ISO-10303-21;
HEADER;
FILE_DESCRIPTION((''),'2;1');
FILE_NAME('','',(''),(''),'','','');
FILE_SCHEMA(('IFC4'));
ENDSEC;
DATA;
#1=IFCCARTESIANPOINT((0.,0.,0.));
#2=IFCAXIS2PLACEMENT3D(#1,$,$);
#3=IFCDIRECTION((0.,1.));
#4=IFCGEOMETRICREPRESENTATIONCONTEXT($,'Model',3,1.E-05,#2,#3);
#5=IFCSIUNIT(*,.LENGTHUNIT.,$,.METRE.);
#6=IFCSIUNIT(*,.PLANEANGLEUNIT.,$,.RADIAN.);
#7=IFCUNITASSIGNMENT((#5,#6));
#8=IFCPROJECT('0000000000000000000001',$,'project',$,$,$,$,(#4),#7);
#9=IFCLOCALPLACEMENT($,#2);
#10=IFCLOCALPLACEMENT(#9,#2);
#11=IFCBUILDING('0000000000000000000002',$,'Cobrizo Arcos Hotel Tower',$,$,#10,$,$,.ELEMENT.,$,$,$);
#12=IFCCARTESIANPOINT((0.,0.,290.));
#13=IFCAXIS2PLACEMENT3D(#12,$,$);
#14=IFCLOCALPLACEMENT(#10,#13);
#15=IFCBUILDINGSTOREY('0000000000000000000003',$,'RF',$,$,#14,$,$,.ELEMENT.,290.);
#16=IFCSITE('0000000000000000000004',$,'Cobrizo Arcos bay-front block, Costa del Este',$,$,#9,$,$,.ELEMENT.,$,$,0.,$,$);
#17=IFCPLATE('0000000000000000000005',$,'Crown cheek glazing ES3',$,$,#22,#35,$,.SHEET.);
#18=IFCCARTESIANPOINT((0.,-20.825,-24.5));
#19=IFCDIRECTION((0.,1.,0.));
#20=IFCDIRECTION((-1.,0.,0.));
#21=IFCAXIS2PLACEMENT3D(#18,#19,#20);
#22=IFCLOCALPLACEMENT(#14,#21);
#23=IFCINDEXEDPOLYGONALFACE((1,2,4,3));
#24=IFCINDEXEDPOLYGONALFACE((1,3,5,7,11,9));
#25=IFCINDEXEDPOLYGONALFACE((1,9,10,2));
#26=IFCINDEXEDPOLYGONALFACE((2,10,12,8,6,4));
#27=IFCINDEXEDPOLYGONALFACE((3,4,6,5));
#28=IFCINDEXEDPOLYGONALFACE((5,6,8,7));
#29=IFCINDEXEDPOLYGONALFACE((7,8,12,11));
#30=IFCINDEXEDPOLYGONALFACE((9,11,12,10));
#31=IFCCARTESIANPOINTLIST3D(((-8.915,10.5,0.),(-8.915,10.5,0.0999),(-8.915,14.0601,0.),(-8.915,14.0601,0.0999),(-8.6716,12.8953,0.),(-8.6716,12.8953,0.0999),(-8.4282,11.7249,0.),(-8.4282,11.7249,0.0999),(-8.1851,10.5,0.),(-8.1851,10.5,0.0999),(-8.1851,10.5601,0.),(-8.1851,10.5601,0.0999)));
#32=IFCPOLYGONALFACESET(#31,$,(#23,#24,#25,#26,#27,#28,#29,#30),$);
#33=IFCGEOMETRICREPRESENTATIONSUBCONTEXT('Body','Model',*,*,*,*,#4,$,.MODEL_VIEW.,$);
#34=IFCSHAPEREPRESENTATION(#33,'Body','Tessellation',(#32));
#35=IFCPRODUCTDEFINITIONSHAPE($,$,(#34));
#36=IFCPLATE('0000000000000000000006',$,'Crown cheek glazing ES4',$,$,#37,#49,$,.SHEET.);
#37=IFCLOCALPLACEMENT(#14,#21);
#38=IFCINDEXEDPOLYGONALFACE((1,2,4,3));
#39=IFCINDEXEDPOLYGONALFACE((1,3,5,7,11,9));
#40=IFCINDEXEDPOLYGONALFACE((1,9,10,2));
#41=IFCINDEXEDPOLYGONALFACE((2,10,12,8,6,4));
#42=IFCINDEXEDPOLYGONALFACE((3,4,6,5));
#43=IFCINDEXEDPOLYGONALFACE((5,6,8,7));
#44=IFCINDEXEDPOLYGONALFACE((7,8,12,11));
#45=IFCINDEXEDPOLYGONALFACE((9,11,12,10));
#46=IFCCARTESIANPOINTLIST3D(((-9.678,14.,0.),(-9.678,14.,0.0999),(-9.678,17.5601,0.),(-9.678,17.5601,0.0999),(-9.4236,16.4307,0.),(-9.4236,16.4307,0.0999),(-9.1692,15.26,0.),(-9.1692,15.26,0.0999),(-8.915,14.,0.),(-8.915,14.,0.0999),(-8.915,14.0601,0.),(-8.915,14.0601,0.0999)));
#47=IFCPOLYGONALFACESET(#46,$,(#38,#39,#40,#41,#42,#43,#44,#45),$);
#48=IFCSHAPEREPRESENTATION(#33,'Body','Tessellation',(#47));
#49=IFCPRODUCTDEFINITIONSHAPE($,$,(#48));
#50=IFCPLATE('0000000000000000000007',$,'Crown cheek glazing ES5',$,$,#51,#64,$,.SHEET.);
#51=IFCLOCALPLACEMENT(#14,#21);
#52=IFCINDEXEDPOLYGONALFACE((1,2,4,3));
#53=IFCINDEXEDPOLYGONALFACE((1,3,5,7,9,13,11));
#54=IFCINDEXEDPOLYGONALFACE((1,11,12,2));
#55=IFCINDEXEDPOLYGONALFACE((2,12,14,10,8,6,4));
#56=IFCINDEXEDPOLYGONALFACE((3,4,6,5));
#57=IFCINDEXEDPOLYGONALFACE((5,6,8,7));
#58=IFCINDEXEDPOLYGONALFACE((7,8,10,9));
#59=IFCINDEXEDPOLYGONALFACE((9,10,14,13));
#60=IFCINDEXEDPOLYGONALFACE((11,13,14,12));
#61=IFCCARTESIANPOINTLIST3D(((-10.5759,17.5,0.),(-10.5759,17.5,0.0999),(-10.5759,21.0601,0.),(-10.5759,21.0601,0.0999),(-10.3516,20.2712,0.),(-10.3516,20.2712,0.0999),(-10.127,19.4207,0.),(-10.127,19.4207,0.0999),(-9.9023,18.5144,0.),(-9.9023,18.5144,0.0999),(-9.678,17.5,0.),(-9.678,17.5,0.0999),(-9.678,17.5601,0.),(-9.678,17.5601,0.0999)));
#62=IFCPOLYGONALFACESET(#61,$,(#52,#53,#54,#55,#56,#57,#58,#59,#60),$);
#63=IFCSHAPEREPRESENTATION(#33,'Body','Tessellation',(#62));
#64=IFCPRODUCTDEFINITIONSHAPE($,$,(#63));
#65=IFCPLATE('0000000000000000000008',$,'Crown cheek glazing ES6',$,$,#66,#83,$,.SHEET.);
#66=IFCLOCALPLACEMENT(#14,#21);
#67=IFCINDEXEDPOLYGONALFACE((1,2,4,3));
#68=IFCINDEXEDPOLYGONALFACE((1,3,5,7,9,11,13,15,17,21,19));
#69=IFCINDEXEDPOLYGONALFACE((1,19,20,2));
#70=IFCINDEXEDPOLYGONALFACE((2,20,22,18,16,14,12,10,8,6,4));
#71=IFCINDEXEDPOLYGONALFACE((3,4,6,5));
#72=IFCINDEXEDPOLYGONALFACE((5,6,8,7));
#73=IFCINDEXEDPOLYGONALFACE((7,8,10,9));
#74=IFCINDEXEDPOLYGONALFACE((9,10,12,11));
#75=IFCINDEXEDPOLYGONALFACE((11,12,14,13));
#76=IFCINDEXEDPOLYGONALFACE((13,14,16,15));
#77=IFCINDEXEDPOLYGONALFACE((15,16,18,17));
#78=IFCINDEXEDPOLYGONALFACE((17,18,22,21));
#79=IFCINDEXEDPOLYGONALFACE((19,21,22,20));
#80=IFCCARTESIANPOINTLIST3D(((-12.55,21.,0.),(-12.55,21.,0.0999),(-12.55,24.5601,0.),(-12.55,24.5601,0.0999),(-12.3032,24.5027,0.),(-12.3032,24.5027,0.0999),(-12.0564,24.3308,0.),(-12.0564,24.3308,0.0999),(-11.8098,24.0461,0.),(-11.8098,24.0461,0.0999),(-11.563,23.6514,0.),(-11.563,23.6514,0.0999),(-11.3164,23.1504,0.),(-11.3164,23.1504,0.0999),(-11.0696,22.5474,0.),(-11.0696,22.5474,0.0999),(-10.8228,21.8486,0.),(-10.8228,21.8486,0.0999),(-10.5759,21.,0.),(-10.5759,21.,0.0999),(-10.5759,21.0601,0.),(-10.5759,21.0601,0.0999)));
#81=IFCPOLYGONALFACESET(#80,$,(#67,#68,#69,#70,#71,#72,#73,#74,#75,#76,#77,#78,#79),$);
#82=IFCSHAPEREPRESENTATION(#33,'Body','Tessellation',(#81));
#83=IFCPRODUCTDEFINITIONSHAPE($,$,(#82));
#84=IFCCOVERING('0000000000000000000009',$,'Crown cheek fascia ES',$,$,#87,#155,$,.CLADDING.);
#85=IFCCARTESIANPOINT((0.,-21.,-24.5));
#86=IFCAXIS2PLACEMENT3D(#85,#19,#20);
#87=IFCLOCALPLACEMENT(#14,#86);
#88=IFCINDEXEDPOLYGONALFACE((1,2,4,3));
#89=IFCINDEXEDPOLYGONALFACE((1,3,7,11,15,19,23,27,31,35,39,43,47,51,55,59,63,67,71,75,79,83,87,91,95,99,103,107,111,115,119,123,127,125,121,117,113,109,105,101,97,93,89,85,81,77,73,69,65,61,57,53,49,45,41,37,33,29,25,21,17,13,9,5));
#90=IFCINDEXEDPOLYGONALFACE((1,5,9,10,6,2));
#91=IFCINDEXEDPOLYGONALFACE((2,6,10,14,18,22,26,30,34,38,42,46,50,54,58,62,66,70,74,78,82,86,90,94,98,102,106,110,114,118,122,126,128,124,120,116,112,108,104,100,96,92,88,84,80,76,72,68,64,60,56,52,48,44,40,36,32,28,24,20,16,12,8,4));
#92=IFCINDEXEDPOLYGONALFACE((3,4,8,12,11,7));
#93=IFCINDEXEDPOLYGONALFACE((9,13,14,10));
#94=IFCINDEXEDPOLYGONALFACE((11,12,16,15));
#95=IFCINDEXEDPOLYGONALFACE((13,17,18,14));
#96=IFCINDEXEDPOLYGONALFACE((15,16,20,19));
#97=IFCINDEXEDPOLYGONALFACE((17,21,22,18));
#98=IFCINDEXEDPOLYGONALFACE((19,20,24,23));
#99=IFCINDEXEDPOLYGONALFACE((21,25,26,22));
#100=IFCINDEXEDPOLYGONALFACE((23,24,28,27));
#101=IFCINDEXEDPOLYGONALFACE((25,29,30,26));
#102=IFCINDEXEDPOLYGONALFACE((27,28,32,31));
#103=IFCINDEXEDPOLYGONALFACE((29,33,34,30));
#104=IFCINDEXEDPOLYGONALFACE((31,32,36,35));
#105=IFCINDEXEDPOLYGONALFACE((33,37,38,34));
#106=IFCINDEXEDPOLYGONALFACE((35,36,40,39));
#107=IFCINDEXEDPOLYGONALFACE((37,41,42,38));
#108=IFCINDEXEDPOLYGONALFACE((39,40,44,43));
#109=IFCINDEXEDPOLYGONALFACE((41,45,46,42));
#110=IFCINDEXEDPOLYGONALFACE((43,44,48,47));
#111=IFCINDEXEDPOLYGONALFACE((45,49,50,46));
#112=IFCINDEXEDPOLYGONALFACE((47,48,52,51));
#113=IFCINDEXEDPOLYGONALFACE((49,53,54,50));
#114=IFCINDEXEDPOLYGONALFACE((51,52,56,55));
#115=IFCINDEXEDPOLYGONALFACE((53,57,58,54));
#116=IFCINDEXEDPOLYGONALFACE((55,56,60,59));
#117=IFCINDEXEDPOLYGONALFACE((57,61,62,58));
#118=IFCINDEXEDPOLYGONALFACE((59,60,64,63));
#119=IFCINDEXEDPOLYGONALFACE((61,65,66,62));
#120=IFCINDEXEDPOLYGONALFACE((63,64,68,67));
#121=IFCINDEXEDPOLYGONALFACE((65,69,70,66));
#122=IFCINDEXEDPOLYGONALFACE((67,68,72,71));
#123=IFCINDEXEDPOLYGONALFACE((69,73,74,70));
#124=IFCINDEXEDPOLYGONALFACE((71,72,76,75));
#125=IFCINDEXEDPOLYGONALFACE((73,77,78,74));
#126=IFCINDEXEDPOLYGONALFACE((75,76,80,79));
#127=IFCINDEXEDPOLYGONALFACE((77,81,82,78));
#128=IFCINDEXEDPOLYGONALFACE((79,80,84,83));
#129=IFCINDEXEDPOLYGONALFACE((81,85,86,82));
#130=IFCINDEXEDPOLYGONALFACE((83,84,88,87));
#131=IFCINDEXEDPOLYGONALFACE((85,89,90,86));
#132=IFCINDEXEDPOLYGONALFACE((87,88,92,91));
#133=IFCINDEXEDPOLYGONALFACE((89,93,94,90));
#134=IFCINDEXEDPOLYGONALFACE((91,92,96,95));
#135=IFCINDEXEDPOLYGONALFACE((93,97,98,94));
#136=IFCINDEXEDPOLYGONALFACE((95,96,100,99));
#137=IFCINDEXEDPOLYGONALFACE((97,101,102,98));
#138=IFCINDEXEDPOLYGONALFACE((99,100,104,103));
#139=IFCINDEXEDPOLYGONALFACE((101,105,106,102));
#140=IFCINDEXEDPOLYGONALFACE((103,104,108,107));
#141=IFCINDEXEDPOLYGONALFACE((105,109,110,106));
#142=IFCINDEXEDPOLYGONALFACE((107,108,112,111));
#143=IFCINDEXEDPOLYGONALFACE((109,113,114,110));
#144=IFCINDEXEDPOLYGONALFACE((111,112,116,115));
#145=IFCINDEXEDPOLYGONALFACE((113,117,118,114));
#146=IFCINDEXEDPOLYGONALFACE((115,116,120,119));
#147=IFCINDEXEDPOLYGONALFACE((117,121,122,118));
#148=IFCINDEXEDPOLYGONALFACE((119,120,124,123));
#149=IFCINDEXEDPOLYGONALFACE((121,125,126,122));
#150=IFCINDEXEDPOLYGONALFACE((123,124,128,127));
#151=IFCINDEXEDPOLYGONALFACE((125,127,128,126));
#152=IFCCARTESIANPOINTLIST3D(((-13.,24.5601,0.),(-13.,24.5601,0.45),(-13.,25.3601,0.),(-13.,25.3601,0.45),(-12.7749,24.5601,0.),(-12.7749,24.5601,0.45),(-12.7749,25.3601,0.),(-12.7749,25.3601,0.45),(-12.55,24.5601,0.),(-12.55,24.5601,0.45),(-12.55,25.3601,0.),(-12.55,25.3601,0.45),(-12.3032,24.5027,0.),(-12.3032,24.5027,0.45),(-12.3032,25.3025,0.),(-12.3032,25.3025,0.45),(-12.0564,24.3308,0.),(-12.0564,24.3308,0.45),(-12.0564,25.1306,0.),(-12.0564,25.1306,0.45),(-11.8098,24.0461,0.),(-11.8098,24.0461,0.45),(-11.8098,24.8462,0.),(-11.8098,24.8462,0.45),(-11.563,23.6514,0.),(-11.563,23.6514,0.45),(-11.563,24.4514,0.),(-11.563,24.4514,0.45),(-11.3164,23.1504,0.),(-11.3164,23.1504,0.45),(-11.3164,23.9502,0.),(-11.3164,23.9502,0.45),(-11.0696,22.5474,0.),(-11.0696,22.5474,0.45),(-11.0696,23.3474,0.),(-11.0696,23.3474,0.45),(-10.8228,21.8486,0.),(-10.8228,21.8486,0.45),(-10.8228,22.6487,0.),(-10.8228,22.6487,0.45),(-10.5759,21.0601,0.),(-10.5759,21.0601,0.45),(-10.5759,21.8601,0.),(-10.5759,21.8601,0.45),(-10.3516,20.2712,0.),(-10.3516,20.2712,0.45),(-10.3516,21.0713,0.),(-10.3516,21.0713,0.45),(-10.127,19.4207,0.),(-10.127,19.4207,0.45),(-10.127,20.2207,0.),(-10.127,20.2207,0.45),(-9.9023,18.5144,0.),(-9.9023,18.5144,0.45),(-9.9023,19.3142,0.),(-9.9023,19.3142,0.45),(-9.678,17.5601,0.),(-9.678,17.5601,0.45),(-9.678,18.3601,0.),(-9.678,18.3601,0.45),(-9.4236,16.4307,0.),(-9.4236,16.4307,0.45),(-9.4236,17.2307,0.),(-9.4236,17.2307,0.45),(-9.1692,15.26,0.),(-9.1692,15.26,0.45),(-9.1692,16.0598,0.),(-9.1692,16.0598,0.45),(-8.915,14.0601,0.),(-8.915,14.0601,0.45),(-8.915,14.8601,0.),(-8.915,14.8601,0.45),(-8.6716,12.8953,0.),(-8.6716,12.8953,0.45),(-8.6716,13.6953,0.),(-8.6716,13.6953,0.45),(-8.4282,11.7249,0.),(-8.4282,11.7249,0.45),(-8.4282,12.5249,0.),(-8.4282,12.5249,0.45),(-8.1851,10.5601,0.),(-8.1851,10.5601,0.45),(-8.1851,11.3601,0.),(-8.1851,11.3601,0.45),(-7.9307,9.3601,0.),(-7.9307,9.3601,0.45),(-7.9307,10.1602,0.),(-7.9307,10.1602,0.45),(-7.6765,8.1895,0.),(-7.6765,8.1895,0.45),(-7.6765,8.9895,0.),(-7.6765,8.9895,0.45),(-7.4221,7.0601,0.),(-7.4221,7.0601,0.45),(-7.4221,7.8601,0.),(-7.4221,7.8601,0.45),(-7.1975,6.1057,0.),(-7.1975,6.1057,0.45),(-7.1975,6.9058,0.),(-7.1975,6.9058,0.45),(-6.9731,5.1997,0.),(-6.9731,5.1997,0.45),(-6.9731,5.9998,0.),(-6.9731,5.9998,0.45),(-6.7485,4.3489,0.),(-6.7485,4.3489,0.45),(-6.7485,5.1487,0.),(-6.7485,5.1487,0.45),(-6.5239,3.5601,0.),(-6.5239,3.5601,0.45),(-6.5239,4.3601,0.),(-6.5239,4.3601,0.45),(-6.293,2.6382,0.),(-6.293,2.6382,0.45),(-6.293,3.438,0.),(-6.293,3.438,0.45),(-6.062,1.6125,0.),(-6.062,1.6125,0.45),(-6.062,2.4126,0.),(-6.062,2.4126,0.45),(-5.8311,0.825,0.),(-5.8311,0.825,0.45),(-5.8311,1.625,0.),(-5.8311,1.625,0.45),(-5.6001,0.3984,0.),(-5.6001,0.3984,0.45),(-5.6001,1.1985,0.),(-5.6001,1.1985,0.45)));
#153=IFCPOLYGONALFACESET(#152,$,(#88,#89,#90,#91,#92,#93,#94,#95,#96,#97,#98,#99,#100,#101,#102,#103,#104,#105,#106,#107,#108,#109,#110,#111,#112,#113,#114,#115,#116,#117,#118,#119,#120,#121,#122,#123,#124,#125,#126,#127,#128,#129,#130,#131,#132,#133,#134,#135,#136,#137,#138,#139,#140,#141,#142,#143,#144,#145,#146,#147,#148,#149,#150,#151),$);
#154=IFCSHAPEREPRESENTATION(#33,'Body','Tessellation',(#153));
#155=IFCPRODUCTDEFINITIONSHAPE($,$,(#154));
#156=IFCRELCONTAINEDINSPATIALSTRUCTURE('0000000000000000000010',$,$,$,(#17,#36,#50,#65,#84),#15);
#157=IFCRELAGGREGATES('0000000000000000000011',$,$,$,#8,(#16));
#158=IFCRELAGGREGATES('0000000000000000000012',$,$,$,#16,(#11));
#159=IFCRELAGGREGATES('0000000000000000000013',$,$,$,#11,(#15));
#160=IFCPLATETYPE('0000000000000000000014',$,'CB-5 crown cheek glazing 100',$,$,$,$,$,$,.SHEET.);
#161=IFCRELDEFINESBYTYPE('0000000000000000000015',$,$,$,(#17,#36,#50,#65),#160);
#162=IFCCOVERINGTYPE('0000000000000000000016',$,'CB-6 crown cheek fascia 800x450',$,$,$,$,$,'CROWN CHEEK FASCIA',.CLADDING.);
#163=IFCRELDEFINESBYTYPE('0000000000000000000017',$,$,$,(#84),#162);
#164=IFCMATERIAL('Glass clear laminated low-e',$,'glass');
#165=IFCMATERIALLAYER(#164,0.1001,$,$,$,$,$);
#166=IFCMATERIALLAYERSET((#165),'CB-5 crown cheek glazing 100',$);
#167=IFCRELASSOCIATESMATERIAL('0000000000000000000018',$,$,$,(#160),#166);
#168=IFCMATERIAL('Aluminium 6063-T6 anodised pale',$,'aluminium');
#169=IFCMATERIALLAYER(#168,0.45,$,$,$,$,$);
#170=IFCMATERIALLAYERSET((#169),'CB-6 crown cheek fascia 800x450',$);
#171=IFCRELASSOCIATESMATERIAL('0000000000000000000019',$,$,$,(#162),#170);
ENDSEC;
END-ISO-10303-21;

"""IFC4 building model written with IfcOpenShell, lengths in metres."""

from ifc_helpers import new_model, si_unit, direction, frame, origin, place, context, subcontext, project, spatial, polyline, outline, extrude, material, layer, layer_set, type_object, element, save


model = new_model("IFC4")

# Units and contexts
model_context = context("Model", 3, precision=1e-05, world=origin(), true_north=direction((0.0, 1.0)))
body_context = subcontext(model_context, "Body", "Model", "MODEL_VIEW")
ifc_project = project(units=[si_unit("LENGTHUNIT", "METRE"), si_unit("PLANEANGLEUNIT", "RADIAN")], contexts=[model_context])

# Site, building, storey
site_placement = place(None, origin())
site = spatial("IfcSite", under=ifc_project, at=site_placement, Name="Cobrizo Arcos bay-front block, Costa del Este", CompositionType="ELEMENT", RefElevation=0.0)
building_placement = place(site_placement, origin())
building = spatial("IfcBuilding", under=site, at=building_placement, Name="Cobrizo Arcos Hotel Tower", CompositionType="ELEMENT")
storey_placement = place(building_placement, frame((0.0, 0.0, 290.0)))
storey = spatial("IfcBuildingStorey", under=building, at=storey_placement, Name="RF", CompositionType="ELEMENT", Elevation=290.0)

# Plates
ifc_material_1 = material(Name="Glass clear laminated low-e", Category="glass")
ifc_layer_1 = layer(ifc_material_1, 0.1001)
ifc_layer_set_1 = layer_set([ifc_layer_1], Name="CB-5 crown cheek glazing 100")
plate_type_1 = type_object("IfcPlateType", Name="CB-5 crown cheek glazing 100", PredefinedType="SHEET", material=ifc_layer_set_1)
plate_1_placement = place(storey_placement, frame((0.0, -20.825, -24.5), z_axis=(0.0, 1.0, 0.0), x_axis=(-1.0, 0.0, 0.0)))
element("IfcPlate", 1, at=plate_1_placement, inside=storey, type_object=plate_type_1, Name="Crown cheek glazing ES3", PredefinedType="SHEET", context=body_context, shape_type="SweptSolid", body=[
    extrude(outline(polyline([(-8.1851, 10.5), (-8.1851, 10.5601), (-8.4282, 11.7249), (-8.6716, 12.8953), (-8.915, 14.0601), (-8.915, 10.5), (-8.1851, 10.5)])), origin(), (0.0, 0.0, 1.0), 0.0999),
])
plate_2_placement = place(storey_placement, frame((0.0, -20.825, -24.5), z_axis=(0.0, 1.0, 0.0), x_axis=(-1.0, 0.0, 0.0)))
element("IfcPlate", 2, at=plate_2_placement, inside=storey, type_object=plate_type_1, Name="Crown cheek glazing ES4", PredefinedType="SHEET", context=body_context, shape_type="SweptSolid", body=[
    extrude(outline(polyline([(-8.915, 14.0), (-8.915, 14.0601), (-9.1692, 15.26), (-9.4236, 16.4307), (-9.678, 17.5601), (-9.678, 14.0), (-8.915, 14.0)])), origin(), (0.0, 0.0, 1.0), 0.0999),
])
plate_3_placement = place(storey_placement, frame((0.0, -20.825, -24.5), z_axis=(0.0, 1.0, 0.0), x_axis=(-1.0, 0.0, 0.0)))
element("IfcPlate", 3, at=plate_3_placement, inside=storey, type_object=plate_type_1, Name="Crown cheek glazing ES5", PredefinedType="SHEET", context=body_context, shape_type="SweptSolid", body=[
    extrude(outline(polyline([(-9.678, 17.5), (-9.678, 17.5601), (-9.9023, 18.5144), (-10.127, 19.4207), (-10.3516, 20.2712), (-10.5759, 21.0601), (-10.5759, 17.5), (-9.678, 17.5)])), origin(), (0.0, 0.0, 1.0), 0.0999),
])
plate_4_placement = place(storey_placement, frame((0.0, -20.825, -24.5), z_axis=(0.0, 1.0, 0.0), x_axis=(-1.0, 0.0, 0.0)))
element("IfcPlate", 4, at=plate_4_placement, inside=storey, type_object=plate_type_1, Name="Crown cheek glazing ES6", PredefinedType="SHEET", context=body_context, shape_type="SweptSolid", body=[
    extrude(outline(polyline([(-10.5759, 21.0), (-10.5759, 21.0601), (-10.8228, 21.8486), (-11.0696, 22.5474), (-11.3164, 23.1504), (-11.563, 23.6514), (-11.8098, 24.0461), (-12.0564, 24.3308), (-12.3032, 24.5027), (-12.55, 24.5601), (-12.55, 21.0), (-10.5759, 21.0)])), origin(), (0.0, 0.0, 1.0), 0.0999),
])

# Covering
ifc_material_2 = material(Name="Aluminium 6063-T6 anodised pale", Category="aluminium")
ifc_layer_2 = layer(ifc_material_2, 0.45)
ifc_layer_set_2 = layer_set([ifc_layer_2], Name="CB-6 crown cheek fascia 800x450")
covering_type = type_object("IfcCoveringType", Name="CB-6 crown cheek fascia 800x450", ElementType="CROWN CHEEK FASCIA", PredefinedType="CLADDING", material=ifc_layer_set_2)
covering_placement = place(storey_placement, frame((0.0, -21.0, -24.5), z_axis=(0.0, 1.0, 0.0), x_axis=(-1.0, 0.0, 0.0)))
element("IfcCovering", 5, at=covering_placement, inside=storey, type_object=covering_type, Name="Crown cheek fascia ES", PredefinedType="CLADDING", context=body_context, shape_type="SweptSolid", body=[
    extrude(outline(polyline([(-5.6001, 0.3984), (-5.8311, 0.825), (-6.062, 1.6125), (-6.293, 2.6382), (-6.5239, 3.5601), (-6.7485, 4.3489), (-6.9731, 5.1997), (-7.1975, 6.1057), (-7.4221, 7.0601), (-7.6765, 8.1895), (-7.9307, 9.3601), (-8.1851, 10.5601), (-8.4282, 11.7249), (-8.6716, 12.8953), (-8.915, 14.0601), (-9.1692, 15.26), (-9.4236, 16.4307), (-9.678, 17.5601), (-9.9023, 18.5144), (-10.127, 19.4207), (-10.3516, 20.2712), (-10.5759, 21.0601), (-10.8228, 21.8486), (-11.0696, 22.5474), (-11.3164, 23.1504), (-11.563, 23.6514), (-11.8098, 24.0461), (-12.0564, 24.3308), (-12.3032, 24.5027), (-12.55, 24.5601), (-12.7749, 24.5601), (-13.0, 24.5601), (-13.0, 25.3601), (-12.7749, 25.3601), (-12.55, 25.3601), (-12.3032, 25.3025), (-12.0564, 25.1306), (-11.8098, 24.8462), (-11.563, 24.4514), (-11.3164, 23.9502), (-11.0696, 23.3474), (-10.8228, 22.6487), (-10.5759, 21.8601), (-10.3516, 21.0713), (-10.127, 20.2207), (-9.9023, 19.3142), (-9.678, 18.3601), (-9.4236, 17.2307), (-9.1692, 16.0598), (-8.915, 14.8601), (-8.6716, 13.6953), (-8.4282, 12.5249), (-8.1851, 11.3601), (-7.9307, 10.1602), (-7.6765, 8.9895), (-7.4221, 7.8601), (-7.1975, 6.9058), (-6.9731, 5.9998), (-6.7485, 5.1487), (-6.5239, 4.3601), (-6.293, 3.438), (-6.062, 2.4126), (-5.8311, 1.625), (-5.6001, 1.1985), (-5.6001, 0.3984)])), origin(), (0.0, 0.0, 1.0), 0.45),
])

save(model, "model.ifc")
